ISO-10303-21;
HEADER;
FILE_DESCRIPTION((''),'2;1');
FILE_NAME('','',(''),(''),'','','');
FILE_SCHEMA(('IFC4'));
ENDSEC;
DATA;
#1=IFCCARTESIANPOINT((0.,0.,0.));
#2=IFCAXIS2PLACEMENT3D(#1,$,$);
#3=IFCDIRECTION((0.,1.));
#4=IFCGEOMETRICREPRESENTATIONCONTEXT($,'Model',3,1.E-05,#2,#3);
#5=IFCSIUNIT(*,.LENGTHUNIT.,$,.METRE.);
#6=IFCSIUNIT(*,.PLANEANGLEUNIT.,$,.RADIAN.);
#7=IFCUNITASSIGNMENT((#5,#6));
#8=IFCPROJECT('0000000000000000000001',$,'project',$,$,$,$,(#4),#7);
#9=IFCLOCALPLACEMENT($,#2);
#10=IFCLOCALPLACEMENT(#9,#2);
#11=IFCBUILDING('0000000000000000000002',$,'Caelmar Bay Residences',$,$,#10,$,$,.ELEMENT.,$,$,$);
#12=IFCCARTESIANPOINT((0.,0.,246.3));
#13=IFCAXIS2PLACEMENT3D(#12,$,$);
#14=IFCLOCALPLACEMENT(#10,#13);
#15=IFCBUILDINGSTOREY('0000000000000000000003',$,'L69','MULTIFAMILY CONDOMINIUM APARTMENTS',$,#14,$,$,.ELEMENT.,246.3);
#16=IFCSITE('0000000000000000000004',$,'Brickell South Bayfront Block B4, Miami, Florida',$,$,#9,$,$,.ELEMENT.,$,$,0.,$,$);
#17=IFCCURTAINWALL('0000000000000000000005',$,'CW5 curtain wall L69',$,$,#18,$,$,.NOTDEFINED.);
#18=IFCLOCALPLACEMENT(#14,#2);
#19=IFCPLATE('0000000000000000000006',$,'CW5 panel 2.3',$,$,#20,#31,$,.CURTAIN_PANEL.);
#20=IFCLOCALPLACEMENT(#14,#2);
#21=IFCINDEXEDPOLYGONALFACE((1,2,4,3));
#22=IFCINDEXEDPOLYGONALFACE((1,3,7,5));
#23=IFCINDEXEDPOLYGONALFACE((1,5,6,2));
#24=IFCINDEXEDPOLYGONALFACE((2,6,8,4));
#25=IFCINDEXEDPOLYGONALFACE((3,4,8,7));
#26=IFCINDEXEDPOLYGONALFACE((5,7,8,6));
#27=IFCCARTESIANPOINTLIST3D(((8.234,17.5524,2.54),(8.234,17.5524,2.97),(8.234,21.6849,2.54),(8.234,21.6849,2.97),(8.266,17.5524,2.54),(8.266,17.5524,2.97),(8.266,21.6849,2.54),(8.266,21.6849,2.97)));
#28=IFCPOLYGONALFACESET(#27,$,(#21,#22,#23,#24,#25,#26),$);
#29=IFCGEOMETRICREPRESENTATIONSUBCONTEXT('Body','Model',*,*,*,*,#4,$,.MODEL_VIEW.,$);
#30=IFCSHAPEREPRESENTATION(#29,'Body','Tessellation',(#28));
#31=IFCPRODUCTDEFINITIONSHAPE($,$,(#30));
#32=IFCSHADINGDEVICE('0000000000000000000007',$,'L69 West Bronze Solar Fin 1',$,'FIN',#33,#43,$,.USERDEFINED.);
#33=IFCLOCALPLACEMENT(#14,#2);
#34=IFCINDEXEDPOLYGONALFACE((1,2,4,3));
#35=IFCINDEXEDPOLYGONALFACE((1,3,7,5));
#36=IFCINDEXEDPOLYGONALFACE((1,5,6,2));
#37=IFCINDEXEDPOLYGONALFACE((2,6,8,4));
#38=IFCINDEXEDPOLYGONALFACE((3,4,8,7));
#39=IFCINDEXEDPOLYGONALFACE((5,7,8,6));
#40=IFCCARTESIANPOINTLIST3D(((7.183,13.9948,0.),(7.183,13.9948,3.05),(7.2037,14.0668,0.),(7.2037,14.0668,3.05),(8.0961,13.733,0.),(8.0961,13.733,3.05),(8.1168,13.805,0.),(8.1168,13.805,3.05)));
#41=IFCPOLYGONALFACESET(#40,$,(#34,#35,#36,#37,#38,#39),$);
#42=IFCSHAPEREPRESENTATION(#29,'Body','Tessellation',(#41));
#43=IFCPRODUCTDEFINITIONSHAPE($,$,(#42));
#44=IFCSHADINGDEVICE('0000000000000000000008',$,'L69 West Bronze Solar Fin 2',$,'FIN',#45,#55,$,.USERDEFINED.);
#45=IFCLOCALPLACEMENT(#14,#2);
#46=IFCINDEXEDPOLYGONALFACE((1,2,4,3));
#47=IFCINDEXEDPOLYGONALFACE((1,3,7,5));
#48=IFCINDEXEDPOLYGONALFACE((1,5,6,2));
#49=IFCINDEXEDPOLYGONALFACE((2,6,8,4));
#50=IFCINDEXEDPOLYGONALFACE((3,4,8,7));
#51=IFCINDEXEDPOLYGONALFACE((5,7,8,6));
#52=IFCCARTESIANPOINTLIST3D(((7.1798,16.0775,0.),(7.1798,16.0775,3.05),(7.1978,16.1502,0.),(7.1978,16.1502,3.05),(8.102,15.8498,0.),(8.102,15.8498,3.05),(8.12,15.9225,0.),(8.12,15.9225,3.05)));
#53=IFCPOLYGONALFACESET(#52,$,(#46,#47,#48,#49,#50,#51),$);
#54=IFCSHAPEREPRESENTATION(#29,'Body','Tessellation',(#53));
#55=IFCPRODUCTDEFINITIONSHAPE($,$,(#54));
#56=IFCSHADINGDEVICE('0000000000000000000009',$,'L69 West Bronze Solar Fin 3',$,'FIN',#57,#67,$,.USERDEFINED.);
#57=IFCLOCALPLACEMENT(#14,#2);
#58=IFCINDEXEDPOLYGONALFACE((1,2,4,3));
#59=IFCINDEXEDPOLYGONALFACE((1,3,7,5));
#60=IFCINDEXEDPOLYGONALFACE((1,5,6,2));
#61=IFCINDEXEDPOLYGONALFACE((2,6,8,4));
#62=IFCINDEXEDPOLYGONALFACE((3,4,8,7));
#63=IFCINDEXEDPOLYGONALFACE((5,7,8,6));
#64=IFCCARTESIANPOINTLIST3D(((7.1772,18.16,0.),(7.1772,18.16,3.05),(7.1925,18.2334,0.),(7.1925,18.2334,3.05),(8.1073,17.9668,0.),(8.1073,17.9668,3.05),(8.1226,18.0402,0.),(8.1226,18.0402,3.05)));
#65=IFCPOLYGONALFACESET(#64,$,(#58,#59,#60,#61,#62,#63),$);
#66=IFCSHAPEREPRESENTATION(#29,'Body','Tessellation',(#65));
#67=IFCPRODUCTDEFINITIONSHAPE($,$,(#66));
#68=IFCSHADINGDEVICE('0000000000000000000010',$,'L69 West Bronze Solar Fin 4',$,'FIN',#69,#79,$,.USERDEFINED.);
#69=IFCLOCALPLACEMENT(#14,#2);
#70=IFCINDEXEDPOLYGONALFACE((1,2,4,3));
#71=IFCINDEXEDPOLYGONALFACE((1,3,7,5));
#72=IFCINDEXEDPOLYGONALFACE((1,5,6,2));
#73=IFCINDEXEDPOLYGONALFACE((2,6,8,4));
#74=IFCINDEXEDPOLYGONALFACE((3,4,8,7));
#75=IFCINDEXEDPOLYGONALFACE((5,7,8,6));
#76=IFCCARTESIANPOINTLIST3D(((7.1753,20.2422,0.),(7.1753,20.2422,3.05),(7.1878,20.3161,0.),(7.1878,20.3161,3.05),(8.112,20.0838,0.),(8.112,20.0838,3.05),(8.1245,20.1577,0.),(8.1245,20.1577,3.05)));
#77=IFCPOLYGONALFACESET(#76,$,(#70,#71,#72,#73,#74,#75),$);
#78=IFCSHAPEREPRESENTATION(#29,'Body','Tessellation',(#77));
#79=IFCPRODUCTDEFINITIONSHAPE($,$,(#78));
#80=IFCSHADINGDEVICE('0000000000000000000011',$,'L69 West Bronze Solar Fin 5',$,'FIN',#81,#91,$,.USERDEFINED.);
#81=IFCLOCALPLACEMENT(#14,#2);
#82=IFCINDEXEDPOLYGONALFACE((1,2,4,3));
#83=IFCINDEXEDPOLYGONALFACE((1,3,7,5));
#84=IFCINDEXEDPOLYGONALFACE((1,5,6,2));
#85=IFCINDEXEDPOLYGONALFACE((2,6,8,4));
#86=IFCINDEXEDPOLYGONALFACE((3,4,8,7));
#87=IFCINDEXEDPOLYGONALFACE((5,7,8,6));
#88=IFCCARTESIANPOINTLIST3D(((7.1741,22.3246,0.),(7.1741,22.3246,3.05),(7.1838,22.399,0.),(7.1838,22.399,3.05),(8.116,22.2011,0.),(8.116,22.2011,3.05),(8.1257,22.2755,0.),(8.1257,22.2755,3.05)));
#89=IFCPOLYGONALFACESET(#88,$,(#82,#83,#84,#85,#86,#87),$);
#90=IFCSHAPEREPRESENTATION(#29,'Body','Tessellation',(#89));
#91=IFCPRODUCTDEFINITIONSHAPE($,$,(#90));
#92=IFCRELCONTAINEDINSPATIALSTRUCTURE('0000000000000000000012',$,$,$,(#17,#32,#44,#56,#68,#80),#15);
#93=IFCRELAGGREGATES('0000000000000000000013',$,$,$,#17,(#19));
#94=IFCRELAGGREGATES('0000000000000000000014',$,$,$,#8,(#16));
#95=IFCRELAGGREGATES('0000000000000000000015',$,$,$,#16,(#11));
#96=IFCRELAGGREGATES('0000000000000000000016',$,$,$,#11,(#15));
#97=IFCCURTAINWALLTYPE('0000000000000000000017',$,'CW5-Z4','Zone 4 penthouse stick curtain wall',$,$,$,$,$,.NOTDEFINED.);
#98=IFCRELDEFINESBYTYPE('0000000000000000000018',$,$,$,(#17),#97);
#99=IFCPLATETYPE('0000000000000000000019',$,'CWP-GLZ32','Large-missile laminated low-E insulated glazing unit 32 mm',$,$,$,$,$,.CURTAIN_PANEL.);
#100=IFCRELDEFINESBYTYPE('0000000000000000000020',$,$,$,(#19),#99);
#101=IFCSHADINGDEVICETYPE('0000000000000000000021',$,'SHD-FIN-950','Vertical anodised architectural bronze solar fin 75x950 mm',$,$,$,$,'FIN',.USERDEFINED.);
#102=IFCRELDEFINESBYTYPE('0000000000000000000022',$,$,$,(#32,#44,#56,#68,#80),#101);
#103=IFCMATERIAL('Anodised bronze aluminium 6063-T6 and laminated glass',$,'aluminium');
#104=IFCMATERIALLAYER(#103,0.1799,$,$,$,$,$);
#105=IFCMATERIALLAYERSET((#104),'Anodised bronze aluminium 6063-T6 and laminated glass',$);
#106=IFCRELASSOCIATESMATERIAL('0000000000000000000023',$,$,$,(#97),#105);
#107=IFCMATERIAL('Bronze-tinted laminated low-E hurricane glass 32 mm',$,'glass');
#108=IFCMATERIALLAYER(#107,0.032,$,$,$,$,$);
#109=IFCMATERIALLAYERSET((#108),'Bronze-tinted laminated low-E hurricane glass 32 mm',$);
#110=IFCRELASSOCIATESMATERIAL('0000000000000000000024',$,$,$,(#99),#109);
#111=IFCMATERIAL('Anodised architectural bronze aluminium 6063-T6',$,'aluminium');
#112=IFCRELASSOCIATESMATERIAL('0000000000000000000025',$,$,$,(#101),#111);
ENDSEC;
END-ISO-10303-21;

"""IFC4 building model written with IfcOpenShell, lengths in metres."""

from ifc_helpers import new_model, si_unit, direction, frame, origin, origin_2d, place, context, subcontext, project, spatial, rectangle, extrude, material, layer, layer_set, material_profile, profile_set, type_object, element, aggregate, save


model = new_model("IFC4")

# Units and contexts
model_context = context("Model", 3, precision=1e-05, world=origin(), true_north=direction((0.0, 1.0)))
body_context = subcontext(model_context, "Body", "Model", "MODEL_VIEW")
ifc_project = project(units=[si_unit("LENGTHUNIT", "METRE"), si_unit("PLANEANGLEUNIT", "RADIAN")], contexts=[model_context])

# Site, building, storey
site_placement = place(None, origin())
site = spatial("IfcSite", under=ifc_project, at=site_placement, Name="Brickell South Bayfront Block B4, Miami, Florida", CompositionType="ELEMENT", RefElevation=0.0)
building_placement = place(site_placement, origin())
building = spatial("IfcBuilding", under=site, at=building_placement, Name="Caelmar Bay Residences", CompositionType="ELEMENT")
storey_placement = place(building_placement, frame((0.0, 0.0, 246.3)))
storey = spatial("IfcBuildingStorey", under=building, at=storey_placement, Name="L69", Description="MULTIFAMILY CONDOMINIUM APARTMENTS", CompositionType="ELEMENT", Elevation=246.3)

# Curtain wall, plate
ifc_material_1 = material(Name="Anodised bronze aluminium 6063-T6 and laminated glass", Category="aluminium")
ifc_layer_1 = layer(ifc_material_1, 0.1799)
ifc_layer_set_1 = layer_set([ifc_layer_1], Name="Anodised bronze aluminium 6063-T6 and laminated glass")
curtain_wall_type = type_object("IfcCurtainWallType", Name="CW5-Z4", Description="Zone 4 penthouse stick curtain wall", PredefinedType="NOTDEFINED", material=ifc_layer_set_1)
curtain_wall_placement = place(storey_placement, origin())
curtain_wall = element("IfcCurtainWall", 1, at=curtain_wall_placement, inside=storey, type_object=curtain_wall_type, Name="CW5 curtain wall L69", PredefinedType="NOTDEFINED")
ifc_material_2 = material(Name="Bronze-tinted laminated low-E hurricane glass 32 mm", Category="glass")
ifc_layer_2 = layer(ifc_material_2, 0.032)
ifc_layer_set_2 = layer_set([ifc_layer_2], Name="Bronze-tinted laminated low-E hurricane glass 32 mm")
plate_type = type_object("IfcPlateType", Name="CWP-GLZ32", Description="Large-missile laminated low-E insulated glazing unit 32 mm", PredefinedType="CURTAIN_PANEL", material=ifc_layer_set_2)
plate_1_placement = place(storey_placement, frame((8.25, 19.6187, 2.54), z_axis=(0.0, 0.0, 1.0), x_axis=(0.0, 1.0, 0.0)))
plate_1 = element("IfcPlate", 2, at=plate_1_placement, type_object=plate_type, Name="CW5 panel 2.3", PredefinedType="CURTAIN_PANEL", context=body_context, shape_type="SweptSolid", body=[
    extrude(rectangle(XDim=4.1326, YDim=0.032, at=origin_2d()), origin(), (0.0, 0.0, 1.0), 0.4299),
])
aggregate(curtain_wall, [plate_1])

# Shading devices
ifc_material_3 = material(Name="Anodised architectural bronze aluminium 6063-T6", Category="aluminium")
ifc_material_profile_1 = material_profile(ifc_material_3, rectangle(XDim=0.075, YDim=0.95, at=origin_2d()), Name="BRONZE-FIN-75X950")
ifc_profile_set_1 = profile_set([ifc_material_profile_1], Name="Anodised architectural bronze aluminium 6063-T6")
shading_device_type = type_object("IfcShadingDeviceType", Name="SHD-FIN-950", Description="Vertical anodised architectural bronze solar fin 75x950 mm", ElementType="FIN", PredefinedType="USERDEFINED", material=ifc_profile_set_1)
for number, where, z_axis, x_axis, name in (
    (3, (7.6499, 13.8999, 0.0), (0.0, 0.0, 1.0), (0.275637, 0.961262, 0.0), "L69 West Bronze Solar Fin 1"),
    (4, (7.6499, 16.0, 0.0), (0.0, 0.0, 1.0), (0.23972, 0.970842, 0.0), "L69 West Bronze Solar Fin 2"),
    (5, (7.6499, 18.1001, 0.0), (0.0, 0.0, 1.0), (0.2033, 0.979116, 0.0), "L69 West Bronze Solar Fin 3"),
    (6, (7.6499, 20.2, 0.0), (0.0, 0.0, 1.0), (0.166769, 0.985996, 0.0), "L69 West Bronze Solar Fin 4"),
    (7, (7.6499, 22.3, 0.0), (0.0, 0.0, 1.0), (0.130007, 0.991513, 0.0), "L69 West Bronze Solar Fin 5"),
):
    element("IfcShadingDevice", number, at=place(storey_placement, frame(where, z_axis=z_axis, x_axis=x_axis)), inside=storey, type_object=shading_device_type, Name=name, ObjectType="FIN", PredefinedType="USERDEFINED", context=body_context, shape_type="SweptSolid", body=[
        extrude(rectangle(XDim=0.075, YDim=0.95, at=origin_2d()), origin(), (0.0, 0.0, 1.0), 3.05),
    ])

save(model, "model.ifc")
